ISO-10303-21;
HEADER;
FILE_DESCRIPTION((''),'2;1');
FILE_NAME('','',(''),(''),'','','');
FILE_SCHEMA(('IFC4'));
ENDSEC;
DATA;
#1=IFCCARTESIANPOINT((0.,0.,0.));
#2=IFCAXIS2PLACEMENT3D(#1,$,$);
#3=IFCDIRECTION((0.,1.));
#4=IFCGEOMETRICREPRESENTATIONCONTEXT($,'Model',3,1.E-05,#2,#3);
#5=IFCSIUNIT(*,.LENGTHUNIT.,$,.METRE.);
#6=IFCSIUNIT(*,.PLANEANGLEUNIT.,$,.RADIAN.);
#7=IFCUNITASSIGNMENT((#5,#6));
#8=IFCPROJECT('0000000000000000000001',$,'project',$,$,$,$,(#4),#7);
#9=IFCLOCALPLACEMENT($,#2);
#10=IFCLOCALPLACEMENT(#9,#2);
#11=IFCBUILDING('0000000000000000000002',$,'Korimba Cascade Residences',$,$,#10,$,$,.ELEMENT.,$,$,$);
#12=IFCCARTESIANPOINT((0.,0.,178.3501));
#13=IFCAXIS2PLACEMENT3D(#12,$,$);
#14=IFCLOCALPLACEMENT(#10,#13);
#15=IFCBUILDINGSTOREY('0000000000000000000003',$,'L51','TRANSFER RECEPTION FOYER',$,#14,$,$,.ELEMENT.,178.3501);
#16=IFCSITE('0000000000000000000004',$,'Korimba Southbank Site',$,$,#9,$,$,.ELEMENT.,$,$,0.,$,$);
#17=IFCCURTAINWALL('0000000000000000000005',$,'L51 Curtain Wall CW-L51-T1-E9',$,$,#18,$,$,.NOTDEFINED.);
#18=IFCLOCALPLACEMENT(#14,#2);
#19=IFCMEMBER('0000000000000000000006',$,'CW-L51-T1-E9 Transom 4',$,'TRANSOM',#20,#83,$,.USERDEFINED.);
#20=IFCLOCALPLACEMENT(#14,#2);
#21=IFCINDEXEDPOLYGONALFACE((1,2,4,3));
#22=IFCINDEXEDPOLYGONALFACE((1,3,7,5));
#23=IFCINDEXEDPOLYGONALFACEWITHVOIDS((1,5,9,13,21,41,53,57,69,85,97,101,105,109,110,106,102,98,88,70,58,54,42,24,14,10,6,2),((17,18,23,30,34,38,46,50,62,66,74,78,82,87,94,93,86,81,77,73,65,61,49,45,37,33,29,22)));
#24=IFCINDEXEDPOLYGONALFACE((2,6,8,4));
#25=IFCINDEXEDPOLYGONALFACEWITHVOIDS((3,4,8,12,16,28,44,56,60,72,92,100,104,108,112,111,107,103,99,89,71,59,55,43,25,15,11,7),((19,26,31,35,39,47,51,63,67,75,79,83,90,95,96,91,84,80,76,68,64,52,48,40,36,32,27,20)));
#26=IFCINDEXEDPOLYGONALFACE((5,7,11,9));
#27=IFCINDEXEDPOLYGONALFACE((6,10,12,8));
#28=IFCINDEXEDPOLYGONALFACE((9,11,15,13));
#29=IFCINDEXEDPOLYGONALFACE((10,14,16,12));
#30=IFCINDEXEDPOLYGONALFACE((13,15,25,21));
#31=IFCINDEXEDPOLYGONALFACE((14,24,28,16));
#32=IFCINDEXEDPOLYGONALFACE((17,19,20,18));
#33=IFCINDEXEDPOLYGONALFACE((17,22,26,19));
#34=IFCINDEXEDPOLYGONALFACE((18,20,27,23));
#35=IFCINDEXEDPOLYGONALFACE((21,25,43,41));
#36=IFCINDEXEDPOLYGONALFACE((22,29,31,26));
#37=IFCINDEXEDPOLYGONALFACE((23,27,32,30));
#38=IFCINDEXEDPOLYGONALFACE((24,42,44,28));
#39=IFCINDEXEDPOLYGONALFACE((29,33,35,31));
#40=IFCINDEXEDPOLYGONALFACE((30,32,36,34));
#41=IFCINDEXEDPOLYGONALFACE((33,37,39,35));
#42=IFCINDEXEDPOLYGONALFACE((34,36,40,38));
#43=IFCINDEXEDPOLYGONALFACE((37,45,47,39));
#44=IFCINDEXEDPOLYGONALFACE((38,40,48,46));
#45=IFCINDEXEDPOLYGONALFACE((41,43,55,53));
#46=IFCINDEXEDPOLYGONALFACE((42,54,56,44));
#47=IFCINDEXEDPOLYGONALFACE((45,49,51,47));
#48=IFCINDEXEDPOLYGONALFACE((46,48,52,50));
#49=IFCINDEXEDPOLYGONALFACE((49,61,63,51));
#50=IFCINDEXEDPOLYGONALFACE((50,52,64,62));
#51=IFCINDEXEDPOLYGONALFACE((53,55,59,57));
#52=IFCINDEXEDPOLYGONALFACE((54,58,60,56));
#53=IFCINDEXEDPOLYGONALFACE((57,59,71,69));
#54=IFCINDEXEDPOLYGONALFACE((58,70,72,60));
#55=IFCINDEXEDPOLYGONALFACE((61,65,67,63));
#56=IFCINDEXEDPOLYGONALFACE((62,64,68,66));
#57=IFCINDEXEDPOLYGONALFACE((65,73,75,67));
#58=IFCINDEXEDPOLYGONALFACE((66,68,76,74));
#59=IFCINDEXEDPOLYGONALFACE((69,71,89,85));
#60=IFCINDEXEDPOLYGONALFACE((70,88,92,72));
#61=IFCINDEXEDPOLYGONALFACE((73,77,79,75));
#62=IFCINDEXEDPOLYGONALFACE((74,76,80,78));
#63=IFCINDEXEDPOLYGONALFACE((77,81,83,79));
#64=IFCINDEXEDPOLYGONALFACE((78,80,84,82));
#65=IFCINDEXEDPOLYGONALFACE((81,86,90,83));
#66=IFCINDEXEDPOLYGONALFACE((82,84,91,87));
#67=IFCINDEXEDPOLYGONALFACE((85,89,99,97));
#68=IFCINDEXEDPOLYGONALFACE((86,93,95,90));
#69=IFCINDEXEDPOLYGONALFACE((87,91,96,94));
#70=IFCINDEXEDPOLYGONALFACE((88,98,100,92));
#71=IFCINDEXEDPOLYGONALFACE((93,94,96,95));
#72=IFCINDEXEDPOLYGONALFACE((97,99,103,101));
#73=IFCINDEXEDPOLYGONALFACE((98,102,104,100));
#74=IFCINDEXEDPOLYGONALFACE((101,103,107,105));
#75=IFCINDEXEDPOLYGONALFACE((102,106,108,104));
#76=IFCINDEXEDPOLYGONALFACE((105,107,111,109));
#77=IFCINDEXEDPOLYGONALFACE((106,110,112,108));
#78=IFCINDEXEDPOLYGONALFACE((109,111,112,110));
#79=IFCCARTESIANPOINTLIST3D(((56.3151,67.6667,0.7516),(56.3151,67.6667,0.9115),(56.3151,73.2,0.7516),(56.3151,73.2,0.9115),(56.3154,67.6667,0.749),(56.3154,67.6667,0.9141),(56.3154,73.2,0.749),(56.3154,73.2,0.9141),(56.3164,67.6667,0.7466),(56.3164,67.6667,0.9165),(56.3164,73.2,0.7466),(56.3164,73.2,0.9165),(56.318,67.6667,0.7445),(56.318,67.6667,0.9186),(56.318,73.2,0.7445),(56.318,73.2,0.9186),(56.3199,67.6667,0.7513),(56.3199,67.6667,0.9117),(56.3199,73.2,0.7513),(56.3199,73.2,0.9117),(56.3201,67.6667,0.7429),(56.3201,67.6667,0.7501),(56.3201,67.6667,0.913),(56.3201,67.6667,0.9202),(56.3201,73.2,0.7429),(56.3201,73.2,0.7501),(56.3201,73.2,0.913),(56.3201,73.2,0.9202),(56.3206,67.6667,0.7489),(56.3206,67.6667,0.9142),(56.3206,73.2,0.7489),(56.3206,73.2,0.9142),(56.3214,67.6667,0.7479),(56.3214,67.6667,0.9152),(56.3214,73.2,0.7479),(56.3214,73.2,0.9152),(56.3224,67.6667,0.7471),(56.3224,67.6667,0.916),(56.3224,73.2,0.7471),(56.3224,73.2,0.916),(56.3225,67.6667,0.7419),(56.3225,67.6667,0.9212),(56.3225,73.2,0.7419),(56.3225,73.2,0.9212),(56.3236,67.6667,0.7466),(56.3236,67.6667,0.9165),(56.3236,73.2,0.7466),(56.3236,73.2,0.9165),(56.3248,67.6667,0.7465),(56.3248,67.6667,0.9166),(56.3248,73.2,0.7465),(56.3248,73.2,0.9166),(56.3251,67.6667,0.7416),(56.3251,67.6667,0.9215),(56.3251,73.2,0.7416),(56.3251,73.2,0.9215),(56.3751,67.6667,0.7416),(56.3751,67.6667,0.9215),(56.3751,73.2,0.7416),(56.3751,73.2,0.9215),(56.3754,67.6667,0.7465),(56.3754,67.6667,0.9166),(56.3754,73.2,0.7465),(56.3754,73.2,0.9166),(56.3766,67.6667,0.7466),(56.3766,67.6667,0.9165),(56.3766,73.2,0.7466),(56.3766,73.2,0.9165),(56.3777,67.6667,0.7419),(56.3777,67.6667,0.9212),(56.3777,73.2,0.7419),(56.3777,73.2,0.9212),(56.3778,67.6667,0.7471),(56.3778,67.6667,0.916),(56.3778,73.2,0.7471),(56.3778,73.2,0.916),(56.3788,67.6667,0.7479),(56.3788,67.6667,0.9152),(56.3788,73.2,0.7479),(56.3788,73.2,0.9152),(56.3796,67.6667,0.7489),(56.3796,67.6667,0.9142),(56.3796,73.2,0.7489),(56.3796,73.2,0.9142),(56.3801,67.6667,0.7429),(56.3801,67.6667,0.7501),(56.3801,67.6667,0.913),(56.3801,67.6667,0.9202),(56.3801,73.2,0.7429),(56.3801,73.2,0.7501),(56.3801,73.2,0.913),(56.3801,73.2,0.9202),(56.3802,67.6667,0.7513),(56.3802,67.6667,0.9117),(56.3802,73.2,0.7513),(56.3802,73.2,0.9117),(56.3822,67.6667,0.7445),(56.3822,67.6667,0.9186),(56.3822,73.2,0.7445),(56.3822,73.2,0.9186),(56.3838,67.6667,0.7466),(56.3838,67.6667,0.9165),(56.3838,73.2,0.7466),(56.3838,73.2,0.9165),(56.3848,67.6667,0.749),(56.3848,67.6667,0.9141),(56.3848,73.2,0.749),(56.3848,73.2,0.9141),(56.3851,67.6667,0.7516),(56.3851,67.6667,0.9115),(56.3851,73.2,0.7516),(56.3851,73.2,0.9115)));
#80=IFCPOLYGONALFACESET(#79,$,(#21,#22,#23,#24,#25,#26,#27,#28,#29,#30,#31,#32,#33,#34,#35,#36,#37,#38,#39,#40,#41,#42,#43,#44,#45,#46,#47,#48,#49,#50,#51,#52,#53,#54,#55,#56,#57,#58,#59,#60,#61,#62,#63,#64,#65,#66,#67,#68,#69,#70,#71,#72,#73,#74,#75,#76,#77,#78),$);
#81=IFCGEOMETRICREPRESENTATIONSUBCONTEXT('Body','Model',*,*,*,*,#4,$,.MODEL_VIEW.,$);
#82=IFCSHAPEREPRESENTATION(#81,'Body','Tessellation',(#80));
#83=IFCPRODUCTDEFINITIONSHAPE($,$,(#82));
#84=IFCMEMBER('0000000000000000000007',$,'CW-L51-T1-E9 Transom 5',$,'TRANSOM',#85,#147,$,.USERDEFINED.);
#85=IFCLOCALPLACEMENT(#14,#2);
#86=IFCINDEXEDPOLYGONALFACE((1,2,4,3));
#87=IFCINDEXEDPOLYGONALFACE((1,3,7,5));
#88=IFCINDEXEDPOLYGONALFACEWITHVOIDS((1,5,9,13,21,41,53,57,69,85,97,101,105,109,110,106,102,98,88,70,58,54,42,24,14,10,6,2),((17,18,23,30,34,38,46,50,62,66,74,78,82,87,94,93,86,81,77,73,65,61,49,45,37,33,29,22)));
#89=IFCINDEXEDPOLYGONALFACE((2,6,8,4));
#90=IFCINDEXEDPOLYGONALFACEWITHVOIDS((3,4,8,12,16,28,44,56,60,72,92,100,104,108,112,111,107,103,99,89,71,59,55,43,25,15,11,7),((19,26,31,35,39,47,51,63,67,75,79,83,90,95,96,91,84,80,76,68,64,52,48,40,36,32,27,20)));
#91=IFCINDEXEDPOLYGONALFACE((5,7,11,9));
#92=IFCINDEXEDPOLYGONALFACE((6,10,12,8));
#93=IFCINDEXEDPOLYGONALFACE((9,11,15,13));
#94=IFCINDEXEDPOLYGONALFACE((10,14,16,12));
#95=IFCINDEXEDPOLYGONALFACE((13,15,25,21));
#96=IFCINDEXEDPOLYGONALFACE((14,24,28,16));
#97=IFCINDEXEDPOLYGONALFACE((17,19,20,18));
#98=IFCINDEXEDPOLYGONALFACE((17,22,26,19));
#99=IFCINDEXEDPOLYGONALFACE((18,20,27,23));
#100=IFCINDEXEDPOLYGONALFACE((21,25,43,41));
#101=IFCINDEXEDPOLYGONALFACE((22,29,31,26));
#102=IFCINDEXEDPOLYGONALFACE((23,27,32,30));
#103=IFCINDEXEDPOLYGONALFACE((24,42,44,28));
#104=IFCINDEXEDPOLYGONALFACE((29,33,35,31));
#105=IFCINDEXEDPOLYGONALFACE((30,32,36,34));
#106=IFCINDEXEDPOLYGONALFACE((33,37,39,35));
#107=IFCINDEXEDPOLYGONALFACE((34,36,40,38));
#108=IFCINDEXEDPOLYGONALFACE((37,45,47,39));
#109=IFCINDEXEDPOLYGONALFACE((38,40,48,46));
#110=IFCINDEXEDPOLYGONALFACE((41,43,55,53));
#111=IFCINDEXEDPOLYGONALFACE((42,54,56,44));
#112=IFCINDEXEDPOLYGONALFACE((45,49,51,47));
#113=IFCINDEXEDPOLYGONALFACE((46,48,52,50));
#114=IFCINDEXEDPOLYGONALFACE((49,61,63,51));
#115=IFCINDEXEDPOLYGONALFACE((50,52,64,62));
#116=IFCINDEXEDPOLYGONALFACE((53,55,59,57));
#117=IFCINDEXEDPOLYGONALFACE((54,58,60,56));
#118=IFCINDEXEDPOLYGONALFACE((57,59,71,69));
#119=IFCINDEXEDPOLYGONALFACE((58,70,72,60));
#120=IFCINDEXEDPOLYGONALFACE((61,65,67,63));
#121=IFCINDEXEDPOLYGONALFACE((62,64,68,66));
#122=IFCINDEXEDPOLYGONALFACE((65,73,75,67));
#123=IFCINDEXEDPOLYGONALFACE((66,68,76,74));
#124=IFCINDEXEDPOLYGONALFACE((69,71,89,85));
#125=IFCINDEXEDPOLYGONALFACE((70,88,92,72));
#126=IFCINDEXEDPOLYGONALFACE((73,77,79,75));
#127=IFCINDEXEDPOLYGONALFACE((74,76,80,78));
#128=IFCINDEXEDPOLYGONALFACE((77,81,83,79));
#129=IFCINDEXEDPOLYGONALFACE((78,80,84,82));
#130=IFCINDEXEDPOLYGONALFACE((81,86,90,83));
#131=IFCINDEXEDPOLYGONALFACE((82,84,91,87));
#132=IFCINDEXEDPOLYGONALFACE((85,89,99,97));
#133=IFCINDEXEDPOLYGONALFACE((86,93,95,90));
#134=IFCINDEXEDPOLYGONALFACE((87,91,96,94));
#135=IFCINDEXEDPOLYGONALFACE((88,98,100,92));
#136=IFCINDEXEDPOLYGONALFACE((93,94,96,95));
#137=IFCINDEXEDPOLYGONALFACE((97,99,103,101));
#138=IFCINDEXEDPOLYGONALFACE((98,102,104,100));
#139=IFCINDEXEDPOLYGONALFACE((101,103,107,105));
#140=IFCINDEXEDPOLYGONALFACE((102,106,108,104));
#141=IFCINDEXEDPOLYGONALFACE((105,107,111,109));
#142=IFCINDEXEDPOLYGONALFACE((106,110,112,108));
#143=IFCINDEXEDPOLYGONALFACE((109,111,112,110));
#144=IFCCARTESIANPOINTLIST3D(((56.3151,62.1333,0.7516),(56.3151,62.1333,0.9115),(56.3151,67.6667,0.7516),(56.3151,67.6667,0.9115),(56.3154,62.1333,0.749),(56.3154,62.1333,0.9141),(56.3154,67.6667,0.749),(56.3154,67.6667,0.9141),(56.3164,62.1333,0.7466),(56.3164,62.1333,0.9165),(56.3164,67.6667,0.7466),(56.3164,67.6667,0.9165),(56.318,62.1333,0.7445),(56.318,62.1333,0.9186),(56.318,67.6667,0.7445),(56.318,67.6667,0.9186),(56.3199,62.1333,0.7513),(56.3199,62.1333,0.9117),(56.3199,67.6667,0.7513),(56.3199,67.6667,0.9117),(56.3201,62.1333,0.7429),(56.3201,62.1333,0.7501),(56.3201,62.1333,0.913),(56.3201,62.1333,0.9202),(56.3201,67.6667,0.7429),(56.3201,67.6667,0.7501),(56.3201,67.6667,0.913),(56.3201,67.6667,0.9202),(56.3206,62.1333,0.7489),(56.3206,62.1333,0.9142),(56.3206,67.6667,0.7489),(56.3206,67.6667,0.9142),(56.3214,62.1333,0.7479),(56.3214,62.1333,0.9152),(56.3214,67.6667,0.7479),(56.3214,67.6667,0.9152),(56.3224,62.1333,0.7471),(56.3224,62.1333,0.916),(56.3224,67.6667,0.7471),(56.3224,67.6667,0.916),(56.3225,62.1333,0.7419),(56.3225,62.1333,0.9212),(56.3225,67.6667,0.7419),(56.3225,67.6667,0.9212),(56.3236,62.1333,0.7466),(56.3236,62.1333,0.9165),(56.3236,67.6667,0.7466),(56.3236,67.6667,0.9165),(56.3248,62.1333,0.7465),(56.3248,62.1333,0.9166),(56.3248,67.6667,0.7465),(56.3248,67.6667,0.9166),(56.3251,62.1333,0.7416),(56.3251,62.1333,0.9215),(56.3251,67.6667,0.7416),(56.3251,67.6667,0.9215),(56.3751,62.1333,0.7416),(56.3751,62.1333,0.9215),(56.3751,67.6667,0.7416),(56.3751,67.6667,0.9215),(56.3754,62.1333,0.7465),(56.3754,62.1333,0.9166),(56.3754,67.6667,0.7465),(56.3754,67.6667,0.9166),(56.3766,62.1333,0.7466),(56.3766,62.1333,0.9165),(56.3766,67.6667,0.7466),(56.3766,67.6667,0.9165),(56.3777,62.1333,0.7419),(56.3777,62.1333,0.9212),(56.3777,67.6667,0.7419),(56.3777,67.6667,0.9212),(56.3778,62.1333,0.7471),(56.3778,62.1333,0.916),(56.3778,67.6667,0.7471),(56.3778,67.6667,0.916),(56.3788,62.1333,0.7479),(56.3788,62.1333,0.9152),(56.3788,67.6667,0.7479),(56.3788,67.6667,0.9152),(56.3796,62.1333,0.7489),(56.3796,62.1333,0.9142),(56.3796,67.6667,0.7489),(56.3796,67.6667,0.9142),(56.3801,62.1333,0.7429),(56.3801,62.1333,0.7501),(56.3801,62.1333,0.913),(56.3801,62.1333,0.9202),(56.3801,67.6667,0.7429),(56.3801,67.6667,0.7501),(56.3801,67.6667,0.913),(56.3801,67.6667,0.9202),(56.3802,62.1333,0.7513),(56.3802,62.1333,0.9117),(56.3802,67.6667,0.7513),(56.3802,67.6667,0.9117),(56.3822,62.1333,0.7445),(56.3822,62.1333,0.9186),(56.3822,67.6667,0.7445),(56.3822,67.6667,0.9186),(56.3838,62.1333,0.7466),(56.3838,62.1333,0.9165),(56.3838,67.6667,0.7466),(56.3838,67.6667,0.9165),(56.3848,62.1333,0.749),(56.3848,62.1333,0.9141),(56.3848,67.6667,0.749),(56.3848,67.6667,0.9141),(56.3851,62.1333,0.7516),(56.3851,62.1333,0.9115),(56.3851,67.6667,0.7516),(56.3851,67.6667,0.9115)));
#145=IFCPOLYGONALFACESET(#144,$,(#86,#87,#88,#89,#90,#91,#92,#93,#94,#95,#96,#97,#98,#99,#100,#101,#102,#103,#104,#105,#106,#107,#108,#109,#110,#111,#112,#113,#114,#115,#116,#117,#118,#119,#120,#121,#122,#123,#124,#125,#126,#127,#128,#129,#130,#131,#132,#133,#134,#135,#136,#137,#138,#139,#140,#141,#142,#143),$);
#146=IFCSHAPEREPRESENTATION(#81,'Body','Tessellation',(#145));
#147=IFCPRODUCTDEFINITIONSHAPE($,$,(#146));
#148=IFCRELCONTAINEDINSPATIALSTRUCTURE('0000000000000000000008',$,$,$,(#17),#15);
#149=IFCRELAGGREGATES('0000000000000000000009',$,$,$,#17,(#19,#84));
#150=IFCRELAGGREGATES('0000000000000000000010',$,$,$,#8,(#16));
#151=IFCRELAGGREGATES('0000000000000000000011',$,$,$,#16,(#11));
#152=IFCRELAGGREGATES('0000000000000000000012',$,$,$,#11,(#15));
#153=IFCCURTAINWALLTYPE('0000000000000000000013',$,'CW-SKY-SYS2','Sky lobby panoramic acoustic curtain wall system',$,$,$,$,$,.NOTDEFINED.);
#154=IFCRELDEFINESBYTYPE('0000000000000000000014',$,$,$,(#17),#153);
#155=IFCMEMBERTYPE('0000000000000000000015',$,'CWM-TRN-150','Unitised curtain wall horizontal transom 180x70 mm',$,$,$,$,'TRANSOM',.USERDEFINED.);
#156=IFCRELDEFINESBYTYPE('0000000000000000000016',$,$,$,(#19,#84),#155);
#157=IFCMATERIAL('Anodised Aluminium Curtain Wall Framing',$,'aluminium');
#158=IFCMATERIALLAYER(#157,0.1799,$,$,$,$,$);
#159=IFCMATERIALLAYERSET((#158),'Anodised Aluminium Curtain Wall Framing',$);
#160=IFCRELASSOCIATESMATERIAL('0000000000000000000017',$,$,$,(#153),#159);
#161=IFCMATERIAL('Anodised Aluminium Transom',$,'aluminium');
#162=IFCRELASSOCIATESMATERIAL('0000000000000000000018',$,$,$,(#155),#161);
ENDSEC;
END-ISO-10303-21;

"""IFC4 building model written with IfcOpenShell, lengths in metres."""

from ifc_helpers import new_model, si_unit, direction, frame, origin, origin_2d, place, context, subcontext, project, spatial, hollow_rectangle, extrude, material, layer, layer_set, material_profile, profile_set, type_object, element, aggregate, save


model = new_model("IFC4")

# Units and contexts
model_context = context("Model", 3, precision=1e-05, world=origin(), true_north=direction((0.0, 1.0)))
body_context = subcontext(model_context, "Body", "Model", "MODEL_VIEW")
ifc_project = project(units=[si_unit("LENGTHUNIT", "METRE"), si_unit("PLANEANGLEUNIT", "RADIAN")], contexts=[model_context])

# Site, building, storey
site_placement = place(None, origin())
site = spatial("IfcSite", under=ifc_project, at=site_placement, Name="Korimba Southbank Site", CompositionType="ELEMENT", RefElevation=0.0)
building_placement = place(site_placement, origin())
building = spatial("IfcBuilding", under=site, at=building_placement, Name="Korimba Cascade Residences", CompositionType="ELEMENT")
storey_placement = place(building_placement, frame((0.0, 0.0, 178.3501)))
storey = spatial("IfcBuildingStorey", under=building, at=storey_placement, Name="L51", Description="TRANSFER RECEPTION FOYER", CompositionType="ELEMENT", Elevation=178.3501)

# Curtain wall, members
ifc_material_1 = material(Name="Anodised Aluminium Curtain Wall Framing", Category="aluminium")
ifc_layer_1 = layer(ifc_material_1, 0.1799)
ifc_layer_set_1 = layer_set([ifc_layer_1], Name="Anodised Aluminium Curtain Wall Framing")
curtain_wall_type = type_object("IfcCurtainWallType", Name="CW-SKY-SYS2", Description="Sky lobby panoramic acoustic curtain wall system", PredefinedType="NOTDEFINED", material=ifc_layer_set_1)
curtain_wall_placement = place(storey_placement, origin())
curtain_wall = element("IfcCurtainWall", 1, at=curtain_wall_placement, inside=storey, type_object=curtain_wall_type, Name="L51 Curtain Wall CW-L51-T1-E9", PredefinedType="NOTDEFINED")
ifc_material_2 = material(Name="Anodised Aluminium Transom", Category="aluminium")
ifc_material_profile_1 = material_profile(ifc_material_2, hollow_rectangle(XDim=0.0701, YDim=0.1799, WallThickness=0.0049, InnerFilletRadius=0.0049, OuterFilletRadius=0.01, at=origin_2d()), Name="Anodised Aluminium Transom")
ifc_profile_set_1 = profile_set([ifc_material_profile_1], Name="Anodised Aluminium Transom")
member_type_1 = type_object("IfcMemberType", Name="CWM-TRN-150", Description="Unitised curtain wall horizontal transom 180x70 mm", ElementType="TRANSOM", PredefinedType="USERDEFINED", material=ifc_profile_set_1)
member_1_placement = place(storey_placement, frame((56.3501, 73.2, 0.8315), z_axis=(0.0, -1.0, 0.0), x_axis=(1.0, 0.0, 0.0)))
member_1 = element("IfcMember", 2, at=member_1_placement, type_object=member_type_1, Name="CW-L51-T1-E9 Transom 4", ObjectType="TRANSOM", PredefinedType="USERDEFINED", context=body_context, shape_type="SweptSolid", body=[
    extrude(hollow_rectangle(XDim=0.0701, YDim=0.1799, WallThickness=0.0049, InnerFilletRadius=0.0049, OuterFilletRadius=0.01, at=origin_2d()), origin(), (0.0, 0.0, 1.0), 5.5332),
])
member_2_placement = place(storey_placement, frame((56.3501, 67.6667, 0.8315), z_axis=(0.0, -1.0, 0.0), x_axis=(1.0, 0.0, 0.0)))
member_2 = element("IfcMember", 3, at=member_2_placement, type_object=member_type_1, Name="CW-L51-T1-E9 Transom 5", ObjectType="TRANSOM", PredefinedType="USERDEFINED", context=body_context, shape_type="SweptSolid", body=[
    extrude(hollow_rectangle(XDim=0.0701, YDim=0.1799, WallThickness=0.0049, InnerFilletRadius=0.0049, OuterFilletRadius=0.01, at=origin_2d()), origin(), (0.0, 0.0, 1.0), 5.5334),
])
aggregate(curtain_wall, [member_1, member_2])

save(model, "model.ifc")
